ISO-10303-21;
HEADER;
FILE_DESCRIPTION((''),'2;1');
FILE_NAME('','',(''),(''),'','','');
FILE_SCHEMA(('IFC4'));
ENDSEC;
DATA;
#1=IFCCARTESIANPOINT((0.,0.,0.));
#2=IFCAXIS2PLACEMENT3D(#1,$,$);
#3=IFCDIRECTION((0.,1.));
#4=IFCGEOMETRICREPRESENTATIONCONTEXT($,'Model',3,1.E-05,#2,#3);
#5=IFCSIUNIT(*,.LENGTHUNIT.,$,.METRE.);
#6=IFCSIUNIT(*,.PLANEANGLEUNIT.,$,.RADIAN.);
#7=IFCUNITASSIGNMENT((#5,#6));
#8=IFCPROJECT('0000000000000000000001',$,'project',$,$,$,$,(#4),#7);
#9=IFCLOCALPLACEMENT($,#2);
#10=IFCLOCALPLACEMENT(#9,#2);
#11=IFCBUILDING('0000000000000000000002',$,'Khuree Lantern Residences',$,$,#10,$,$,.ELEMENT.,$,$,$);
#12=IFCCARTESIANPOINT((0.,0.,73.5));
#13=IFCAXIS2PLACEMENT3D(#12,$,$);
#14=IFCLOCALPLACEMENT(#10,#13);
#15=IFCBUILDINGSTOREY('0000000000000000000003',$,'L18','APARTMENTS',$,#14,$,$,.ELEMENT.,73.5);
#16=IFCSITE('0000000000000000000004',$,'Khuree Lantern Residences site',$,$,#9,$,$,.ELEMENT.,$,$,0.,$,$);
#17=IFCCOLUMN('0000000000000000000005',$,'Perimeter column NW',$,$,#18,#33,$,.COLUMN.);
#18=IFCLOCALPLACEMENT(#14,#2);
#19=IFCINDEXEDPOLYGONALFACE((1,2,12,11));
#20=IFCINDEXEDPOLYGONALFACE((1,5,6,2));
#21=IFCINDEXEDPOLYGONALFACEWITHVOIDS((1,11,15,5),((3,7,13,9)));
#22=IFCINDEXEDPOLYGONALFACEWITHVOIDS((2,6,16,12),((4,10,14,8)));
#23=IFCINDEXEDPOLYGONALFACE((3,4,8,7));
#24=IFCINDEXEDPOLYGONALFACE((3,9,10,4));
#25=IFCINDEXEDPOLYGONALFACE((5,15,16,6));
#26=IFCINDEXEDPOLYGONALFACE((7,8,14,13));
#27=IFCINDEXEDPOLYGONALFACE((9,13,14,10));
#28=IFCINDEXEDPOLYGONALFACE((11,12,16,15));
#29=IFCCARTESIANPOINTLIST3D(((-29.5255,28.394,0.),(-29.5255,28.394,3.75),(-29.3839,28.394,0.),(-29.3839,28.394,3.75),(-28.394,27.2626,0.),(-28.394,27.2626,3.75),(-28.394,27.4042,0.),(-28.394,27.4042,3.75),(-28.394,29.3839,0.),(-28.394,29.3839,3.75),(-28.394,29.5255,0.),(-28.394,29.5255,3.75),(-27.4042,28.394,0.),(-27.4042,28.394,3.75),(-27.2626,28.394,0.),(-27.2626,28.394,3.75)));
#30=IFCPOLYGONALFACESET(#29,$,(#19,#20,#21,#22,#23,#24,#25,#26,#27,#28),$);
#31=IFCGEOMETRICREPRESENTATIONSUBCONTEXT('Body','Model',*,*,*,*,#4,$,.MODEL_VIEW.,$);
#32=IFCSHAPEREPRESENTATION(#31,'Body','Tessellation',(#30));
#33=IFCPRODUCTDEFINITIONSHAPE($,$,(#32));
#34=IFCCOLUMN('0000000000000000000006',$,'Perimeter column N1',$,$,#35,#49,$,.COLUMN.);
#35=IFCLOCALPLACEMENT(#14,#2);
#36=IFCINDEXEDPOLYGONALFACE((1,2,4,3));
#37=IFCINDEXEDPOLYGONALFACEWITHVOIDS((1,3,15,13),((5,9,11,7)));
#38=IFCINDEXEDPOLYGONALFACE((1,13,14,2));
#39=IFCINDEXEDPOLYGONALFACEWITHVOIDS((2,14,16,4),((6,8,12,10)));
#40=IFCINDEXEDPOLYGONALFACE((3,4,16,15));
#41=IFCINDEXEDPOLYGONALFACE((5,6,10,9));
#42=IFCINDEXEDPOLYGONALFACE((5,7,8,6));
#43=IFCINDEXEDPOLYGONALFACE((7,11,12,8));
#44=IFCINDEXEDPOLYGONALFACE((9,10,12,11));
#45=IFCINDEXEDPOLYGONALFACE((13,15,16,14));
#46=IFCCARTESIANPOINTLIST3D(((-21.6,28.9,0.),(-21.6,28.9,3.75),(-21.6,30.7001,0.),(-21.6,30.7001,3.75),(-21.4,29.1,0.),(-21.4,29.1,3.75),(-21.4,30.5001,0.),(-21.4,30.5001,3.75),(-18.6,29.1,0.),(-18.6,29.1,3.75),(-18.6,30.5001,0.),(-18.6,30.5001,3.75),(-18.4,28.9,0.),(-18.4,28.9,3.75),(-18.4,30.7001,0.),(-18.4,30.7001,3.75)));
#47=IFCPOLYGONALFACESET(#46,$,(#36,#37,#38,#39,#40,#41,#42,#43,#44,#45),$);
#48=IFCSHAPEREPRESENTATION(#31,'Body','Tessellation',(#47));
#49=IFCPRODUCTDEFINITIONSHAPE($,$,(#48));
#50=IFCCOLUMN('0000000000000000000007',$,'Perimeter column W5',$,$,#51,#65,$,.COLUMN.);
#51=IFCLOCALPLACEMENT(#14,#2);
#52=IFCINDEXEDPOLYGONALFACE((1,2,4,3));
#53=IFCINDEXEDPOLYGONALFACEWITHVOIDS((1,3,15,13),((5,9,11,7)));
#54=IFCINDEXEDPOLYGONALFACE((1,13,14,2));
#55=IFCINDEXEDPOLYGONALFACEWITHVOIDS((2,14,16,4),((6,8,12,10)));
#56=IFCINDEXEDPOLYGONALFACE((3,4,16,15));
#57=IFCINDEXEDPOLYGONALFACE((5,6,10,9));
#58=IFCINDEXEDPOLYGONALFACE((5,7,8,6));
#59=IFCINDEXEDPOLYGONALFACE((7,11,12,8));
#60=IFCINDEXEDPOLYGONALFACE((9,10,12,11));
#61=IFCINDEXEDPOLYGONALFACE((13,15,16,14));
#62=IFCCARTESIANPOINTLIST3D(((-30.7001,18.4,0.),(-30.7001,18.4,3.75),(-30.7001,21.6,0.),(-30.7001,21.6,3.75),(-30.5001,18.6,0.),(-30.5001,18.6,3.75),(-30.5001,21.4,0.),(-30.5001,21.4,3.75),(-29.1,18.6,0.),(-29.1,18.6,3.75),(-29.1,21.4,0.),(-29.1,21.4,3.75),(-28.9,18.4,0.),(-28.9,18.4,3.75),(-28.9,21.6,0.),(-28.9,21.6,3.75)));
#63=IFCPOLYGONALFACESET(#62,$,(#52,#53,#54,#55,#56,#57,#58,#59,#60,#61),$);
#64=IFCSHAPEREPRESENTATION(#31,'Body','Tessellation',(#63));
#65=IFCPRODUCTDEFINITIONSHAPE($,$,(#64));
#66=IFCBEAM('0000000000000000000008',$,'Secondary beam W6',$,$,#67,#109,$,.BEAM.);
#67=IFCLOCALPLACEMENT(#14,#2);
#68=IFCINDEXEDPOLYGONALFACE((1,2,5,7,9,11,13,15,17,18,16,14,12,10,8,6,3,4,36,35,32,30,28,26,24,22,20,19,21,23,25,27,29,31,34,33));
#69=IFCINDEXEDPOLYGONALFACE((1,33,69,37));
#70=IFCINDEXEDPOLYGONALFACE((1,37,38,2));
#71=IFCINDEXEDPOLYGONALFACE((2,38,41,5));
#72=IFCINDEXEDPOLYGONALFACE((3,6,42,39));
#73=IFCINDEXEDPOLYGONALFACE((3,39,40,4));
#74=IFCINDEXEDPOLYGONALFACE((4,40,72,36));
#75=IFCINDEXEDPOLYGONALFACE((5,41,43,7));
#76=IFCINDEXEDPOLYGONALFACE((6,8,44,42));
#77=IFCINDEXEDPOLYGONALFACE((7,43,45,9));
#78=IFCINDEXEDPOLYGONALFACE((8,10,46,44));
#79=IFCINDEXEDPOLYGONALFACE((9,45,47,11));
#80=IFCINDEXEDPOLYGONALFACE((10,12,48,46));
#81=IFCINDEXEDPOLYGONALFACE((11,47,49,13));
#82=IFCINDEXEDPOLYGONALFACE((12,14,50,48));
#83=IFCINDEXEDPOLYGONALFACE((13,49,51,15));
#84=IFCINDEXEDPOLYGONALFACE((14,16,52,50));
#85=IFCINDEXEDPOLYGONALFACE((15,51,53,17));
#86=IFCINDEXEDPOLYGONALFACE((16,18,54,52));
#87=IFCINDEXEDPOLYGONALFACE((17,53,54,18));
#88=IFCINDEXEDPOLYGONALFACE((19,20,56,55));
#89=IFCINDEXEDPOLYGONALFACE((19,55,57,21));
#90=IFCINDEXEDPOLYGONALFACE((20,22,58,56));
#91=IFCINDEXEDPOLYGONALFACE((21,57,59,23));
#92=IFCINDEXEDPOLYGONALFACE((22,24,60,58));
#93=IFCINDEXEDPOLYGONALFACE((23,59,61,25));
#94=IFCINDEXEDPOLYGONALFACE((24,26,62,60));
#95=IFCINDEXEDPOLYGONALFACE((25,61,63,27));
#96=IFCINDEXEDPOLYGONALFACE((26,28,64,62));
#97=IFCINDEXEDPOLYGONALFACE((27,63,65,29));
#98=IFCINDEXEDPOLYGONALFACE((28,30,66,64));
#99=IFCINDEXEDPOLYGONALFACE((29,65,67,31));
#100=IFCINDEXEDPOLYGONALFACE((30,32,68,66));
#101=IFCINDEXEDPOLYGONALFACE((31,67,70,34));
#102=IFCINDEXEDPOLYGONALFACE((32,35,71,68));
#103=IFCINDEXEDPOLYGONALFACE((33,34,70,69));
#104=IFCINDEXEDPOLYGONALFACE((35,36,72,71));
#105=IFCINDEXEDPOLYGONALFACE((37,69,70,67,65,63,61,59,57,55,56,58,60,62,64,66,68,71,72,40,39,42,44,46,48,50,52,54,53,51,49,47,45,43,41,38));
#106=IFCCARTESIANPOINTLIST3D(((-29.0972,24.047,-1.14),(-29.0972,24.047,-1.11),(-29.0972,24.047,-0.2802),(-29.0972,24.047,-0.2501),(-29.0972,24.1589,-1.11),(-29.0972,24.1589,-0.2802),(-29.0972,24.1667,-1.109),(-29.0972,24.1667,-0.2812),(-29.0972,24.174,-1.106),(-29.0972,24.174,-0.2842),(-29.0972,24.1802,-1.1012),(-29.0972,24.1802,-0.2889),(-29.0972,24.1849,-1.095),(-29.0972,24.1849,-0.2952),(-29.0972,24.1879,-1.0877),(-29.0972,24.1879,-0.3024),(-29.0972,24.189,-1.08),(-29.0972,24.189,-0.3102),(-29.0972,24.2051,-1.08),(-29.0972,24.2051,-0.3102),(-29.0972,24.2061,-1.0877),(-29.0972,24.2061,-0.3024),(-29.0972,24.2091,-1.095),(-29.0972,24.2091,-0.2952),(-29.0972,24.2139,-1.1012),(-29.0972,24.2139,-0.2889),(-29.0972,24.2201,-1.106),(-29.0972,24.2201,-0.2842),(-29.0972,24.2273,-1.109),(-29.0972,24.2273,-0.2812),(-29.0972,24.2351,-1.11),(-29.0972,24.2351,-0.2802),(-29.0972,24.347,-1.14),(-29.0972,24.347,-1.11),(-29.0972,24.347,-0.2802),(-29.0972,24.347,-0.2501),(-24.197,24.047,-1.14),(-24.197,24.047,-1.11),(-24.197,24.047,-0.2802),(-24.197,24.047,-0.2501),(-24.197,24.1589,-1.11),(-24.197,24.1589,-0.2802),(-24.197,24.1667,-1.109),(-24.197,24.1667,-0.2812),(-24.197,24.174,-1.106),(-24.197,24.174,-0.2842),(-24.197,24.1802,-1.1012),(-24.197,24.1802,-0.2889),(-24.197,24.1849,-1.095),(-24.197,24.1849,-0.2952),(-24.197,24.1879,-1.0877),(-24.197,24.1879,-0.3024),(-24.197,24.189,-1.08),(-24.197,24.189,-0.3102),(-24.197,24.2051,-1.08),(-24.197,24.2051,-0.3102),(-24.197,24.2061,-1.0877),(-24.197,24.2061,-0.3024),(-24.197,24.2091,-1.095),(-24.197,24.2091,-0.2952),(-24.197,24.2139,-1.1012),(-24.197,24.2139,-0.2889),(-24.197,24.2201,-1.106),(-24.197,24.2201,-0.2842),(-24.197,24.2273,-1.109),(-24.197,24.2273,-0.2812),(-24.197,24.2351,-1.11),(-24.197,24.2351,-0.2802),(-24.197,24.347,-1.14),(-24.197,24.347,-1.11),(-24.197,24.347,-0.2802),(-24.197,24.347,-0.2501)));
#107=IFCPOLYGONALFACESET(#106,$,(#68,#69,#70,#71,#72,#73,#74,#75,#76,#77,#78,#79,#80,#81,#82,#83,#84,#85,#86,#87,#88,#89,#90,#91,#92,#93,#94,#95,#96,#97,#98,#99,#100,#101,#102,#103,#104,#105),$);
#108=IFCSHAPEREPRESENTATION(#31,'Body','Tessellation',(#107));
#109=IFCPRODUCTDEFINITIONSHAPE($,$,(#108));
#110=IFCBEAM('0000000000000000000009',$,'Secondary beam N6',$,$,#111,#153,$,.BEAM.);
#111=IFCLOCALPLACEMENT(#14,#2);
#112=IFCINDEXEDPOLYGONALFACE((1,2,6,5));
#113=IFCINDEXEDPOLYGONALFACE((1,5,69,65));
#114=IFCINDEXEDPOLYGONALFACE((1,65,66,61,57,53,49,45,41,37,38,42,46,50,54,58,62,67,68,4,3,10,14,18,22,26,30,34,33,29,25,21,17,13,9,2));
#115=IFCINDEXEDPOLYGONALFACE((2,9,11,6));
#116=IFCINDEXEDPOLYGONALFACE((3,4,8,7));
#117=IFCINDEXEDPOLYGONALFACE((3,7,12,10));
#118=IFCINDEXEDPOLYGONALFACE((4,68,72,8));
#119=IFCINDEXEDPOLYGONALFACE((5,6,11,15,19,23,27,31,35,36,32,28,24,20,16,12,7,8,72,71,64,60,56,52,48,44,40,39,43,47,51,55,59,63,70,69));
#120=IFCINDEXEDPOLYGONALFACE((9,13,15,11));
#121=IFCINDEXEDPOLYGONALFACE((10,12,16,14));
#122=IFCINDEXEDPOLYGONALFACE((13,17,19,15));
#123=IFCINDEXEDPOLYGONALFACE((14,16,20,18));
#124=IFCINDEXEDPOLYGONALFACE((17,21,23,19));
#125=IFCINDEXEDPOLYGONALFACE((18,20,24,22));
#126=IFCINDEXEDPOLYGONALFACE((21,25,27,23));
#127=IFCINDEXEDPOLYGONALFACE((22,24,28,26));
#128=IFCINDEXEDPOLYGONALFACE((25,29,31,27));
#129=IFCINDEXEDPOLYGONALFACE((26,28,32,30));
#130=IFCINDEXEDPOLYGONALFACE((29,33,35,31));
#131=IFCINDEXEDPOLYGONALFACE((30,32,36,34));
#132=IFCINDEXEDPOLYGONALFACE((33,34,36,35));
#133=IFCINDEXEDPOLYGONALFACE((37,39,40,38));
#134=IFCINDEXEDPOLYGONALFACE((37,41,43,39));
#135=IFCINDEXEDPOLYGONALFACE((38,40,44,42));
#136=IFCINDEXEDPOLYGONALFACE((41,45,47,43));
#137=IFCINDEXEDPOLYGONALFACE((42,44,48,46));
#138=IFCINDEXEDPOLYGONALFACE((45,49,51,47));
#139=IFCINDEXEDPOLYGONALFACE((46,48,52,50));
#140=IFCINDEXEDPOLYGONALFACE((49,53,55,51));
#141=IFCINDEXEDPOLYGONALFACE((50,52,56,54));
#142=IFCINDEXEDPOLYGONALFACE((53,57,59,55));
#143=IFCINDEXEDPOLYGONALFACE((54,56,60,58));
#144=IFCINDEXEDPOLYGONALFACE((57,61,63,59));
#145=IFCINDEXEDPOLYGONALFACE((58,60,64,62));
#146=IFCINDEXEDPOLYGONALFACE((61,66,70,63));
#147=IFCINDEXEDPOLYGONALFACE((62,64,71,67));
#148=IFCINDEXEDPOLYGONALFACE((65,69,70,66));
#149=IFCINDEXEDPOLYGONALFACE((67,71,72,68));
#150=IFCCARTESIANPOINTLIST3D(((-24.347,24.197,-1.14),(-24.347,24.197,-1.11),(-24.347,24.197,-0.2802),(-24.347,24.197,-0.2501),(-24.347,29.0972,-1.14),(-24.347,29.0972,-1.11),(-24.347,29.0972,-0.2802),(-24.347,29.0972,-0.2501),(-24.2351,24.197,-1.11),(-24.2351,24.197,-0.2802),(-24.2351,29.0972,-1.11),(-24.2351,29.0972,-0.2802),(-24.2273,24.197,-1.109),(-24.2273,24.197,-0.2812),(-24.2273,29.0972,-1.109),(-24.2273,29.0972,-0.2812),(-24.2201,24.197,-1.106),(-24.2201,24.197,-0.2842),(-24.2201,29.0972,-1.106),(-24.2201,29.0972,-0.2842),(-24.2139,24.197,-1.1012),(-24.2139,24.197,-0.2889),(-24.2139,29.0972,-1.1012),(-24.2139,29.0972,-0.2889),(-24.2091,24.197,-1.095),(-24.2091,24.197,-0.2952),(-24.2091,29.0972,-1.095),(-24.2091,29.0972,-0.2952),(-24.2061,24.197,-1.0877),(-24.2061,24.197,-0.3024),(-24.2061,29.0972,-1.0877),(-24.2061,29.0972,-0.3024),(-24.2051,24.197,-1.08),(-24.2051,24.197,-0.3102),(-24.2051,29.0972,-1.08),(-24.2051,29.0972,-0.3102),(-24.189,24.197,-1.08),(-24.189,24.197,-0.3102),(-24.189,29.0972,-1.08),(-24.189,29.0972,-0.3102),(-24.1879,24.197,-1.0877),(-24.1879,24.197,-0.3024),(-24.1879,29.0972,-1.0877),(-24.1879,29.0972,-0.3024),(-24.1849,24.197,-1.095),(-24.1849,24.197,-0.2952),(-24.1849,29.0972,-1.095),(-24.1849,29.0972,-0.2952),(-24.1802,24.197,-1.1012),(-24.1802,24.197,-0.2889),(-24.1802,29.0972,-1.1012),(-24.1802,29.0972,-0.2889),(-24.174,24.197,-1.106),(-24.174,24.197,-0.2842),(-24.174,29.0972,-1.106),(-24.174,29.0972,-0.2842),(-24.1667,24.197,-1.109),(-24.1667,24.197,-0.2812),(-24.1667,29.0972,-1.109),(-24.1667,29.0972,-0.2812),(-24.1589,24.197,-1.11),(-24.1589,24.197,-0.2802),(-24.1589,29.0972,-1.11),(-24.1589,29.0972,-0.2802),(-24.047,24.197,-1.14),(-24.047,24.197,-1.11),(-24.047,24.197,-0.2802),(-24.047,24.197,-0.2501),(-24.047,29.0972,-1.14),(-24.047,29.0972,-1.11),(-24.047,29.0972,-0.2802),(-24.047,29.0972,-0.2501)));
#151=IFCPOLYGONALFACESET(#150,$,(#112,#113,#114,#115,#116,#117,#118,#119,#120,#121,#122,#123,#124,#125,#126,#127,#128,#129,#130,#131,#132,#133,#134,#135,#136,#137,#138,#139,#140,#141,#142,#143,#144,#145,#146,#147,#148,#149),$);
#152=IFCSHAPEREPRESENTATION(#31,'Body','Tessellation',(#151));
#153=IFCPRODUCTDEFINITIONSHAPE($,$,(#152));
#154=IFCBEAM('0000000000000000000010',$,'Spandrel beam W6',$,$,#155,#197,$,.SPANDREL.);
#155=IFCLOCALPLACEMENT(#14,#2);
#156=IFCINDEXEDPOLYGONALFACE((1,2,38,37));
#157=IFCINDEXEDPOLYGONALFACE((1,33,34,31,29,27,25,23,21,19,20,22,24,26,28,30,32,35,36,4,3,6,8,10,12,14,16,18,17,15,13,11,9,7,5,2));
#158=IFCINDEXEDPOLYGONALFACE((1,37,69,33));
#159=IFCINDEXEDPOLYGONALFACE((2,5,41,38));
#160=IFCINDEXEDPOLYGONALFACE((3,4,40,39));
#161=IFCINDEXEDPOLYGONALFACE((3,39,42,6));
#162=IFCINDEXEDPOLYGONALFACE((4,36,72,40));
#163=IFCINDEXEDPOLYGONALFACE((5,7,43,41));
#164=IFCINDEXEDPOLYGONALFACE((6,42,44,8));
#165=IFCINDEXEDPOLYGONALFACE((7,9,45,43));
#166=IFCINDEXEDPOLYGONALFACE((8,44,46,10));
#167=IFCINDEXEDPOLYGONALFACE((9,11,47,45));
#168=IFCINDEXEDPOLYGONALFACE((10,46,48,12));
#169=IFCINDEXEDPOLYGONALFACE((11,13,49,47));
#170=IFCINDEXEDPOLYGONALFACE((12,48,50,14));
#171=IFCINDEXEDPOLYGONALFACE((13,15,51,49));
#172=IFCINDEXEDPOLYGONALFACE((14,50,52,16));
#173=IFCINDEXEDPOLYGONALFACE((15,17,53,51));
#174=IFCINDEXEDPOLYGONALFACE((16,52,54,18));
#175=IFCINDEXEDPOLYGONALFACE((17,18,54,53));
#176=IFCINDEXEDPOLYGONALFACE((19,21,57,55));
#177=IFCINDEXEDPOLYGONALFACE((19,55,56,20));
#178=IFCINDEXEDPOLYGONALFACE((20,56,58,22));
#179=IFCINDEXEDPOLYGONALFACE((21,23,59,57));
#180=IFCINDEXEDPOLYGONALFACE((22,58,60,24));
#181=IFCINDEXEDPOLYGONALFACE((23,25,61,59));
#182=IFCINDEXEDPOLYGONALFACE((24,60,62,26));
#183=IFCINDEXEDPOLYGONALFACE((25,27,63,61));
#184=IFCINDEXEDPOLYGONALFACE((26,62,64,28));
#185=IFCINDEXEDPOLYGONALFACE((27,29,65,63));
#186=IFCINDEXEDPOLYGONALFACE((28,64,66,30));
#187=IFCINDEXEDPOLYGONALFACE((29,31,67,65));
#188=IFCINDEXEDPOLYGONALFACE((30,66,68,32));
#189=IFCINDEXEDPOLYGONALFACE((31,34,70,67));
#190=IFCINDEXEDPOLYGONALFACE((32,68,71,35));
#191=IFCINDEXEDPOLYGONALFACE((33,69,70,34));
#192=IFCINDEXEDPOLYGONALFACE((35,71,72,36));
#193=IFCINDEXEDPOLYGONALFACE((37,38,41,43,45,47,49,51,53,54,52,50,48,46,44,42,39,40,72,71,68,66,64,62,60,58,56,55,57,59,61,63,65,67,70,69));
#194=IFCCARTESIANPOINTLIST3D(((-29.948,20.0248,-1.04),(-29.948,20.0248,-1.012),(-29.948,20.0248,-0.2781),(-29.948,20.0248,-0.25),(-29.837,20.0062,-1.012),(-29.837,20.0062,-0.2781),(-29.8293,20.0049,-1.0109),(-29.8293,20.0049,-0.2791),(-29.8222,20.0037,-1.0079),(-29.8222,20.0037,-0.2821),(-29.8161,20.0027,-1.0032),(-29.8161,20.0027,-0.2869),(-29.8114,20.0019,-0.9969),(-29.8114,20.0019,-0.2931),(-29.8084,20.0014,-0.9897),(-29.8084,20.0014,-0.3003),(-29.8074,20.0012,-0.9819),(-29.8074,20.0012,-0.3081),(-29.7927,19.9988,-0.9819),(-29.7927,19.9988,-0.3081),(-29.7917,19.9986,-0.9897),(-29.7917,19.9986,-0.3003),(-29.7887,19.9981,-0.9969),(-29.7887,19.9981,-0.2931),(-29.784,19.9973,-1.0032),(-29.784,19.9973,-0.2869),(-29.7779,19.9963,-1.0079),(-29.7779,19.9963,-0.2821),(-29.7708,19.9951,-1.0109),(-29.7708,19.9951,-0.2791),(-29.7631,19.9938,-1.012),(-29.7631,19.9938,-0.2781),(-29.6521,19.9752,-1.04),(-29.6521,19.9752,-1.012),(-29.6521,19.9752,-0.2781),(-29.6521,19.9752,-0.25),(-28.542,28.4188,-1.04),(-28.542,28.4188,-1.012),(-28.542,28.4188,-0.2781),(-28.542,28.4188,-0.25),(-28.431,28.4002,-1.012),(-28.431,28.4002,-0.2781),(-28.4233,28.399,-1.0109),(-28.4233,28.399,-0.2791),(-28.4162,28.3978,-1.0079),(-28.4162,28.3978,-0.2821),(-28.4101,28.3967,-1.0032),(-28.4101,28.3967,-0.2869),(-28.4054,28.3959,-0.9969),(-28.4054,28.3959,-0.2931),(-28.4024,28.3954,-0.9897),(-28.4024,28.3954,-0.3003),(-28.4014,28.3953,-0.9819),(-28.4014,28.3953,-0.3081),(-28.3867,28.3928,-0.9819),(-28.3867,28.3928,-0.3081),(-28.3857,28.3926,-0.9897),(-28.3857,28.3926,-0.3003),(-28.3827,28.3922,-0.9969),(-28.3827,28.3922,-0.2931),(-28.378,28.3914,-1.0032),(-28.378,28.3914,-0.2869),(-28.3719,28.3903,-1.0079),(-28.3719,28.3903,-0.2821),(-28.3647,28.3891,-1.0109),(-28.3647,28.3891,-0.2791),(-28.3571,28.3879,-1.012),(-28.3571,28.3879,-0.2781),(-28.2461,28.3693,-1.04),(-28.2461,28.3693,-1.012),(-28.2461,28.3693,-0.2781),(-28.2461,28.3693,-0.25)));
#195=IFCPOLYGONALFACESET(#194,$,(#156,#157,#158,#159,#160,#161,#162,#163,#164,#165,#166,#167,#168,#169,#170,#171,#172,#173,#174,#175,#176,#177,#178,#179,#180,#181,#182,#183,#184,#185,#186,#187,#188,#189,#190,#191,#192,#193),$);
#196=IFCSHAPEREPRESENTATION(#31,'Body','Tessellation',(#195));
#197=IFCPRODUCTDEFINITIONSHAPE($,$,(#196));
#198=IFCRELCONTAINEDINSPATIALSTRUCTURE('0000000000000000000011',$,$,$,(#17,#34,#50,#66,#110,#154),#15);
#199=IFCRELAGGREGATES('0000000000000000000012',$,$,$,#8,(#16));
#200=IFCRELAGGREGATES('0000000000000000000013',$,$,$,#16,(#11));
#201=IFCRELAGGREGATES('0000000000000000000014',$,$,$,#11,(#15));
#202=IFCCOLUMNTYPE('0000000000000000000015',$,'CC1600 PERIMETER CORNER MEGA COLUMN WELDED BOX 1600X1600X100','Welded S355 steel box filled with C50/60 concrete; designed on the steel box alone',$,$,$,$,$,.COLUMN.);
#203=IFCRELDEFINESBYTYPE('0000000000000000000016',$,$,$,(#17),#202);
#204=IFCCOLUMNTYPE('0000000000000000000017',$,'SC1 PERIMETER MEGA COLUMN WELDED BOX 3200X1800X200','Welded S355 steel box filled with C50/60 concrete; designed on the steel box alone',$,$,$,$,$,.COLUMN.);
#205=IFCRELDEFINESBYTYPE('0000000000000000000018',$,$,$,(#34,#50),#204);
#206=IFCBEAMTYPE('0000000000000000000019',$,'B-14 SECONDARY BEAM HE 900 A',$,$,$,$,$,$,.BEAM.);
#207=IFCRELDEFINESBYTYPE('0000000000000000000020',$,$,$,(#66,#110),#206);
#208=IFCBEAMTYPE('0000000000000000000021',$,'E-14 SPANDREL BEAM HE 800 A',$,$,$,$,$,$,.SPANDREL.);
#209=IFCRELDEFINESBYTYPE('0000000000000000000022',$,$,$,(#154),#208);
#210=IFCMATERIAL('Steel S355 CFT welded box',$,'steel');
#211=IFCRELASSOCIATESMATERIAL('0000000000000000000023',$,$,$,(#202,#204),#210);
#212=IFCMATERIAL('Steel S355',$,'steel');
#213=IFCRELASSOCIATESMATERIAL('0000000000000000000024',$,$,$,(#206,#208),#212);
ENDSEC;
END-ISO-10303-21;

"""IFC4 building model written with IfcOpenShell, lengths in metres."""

from ifc_helpers import new_model, si_unit, direction, frame, origin, origin_2d, place, context, subcontext, project, spatial, hollow_rectangle, i_section, extrude, material, material_profile, profile_set, type_object, element, save


model = new_model("IFC4")

# Units and contexts
model_context = context("Model", 3, precision=1e-05, world=origin(), true_north=direction((0.0, 1.0)))
body_context = subcontext(model_context, "Body", "Model", "MODEL_VIEW")
ifc_project = project(units=[si_unit("LENGTHUNIT", "METRE"), si_unit("PLANEANGLEUNIT", "RADIAN")], contexts=[model_context])

# Site, building, storey
site_placement = place(None, origin())
site = spatial("IfcSite", under=ifc_project, at=site_placement, Name="Khuree Lantern Residences site", CompositionType="ELEMENT", RefElevation=0.0)
building_placement = place(site_placement, origin())
building = spatial("IfcBuilding", under=site, at=building_placement, Name="Khuree Lantern Residences", CompositionType="ELEMENT")
storey_placement = place(building_placement, frame((0.0, 0.0, 73.5)))
storey = spatial("IfcBuildingStorey", under=building, at=storey_placement, Name="L18", Description="APARTMENTS", CompositionType="ELEMENT", Elevation=73.5)

# Columns
ifc_material_1 = material(Name="Steel S355 CFT welded box", Category="steel")
ifc_material_profile_1 = material_profile(ifc_material_1, hollow_rectangle(XDim=1.6001, YDim=1.6001, WallThickness=0.1001, at=origin_2d()), Name="WELDED BOX 1600X1600X100")
ifc_profile_set_1 = profile_set([ifc_material_profile_1], Name="Steel S355 CFT welded box")
column_type_1 = type_object("IfcColumnType", Name="CC1600 PERIMETER CORNER MEGA COLUMN WELDED BOX 1600X1600X100", Description="Welded S355 steel box filled with C50/60 concrete; designed on the steel box alone", PredefinedType="COLUMN", material=ifc_profile_set_1)
column_placement = place(storey_placement, frame((-28.394, 28.394, 0.0), z_axis=(0.0, 0.0, 1.0), x_axis=(0.707107, 0.707107, 0.0)))
element("IfcColumn", 1, at=column_placement, inside=storey, type_object=column_type_1, Name="Perimeter column NW", PredefinedType="COLUMN", context=body_context, shape_type="SweptSolid", body=[
    extrude(hollow_rectangle(XDim=1.6001, YDim=1.6001, WallThickness=0.1001, at=origin_2d()), origin(), (0.0, 0.0, 1.0), 3.75),
])
ifc_material_profile_2 = material_profile(ifc_material_1, hollow_rectangle(XDim=3.2, YDim=1.8, WallThickness=0.2, at=origin_2d()), Name="WELDED BOX 3200X1800X200")
ifc_profile_set_2 = profile_set([ifc_material_profile_2], Name="Steel S355 CFT welded box")
column_type_2 = type_object("IfcColumnType", Name="SC1 PERIMETER MEGA COLUMN WELDED BOX 3200X1800X200", Description="Welded S355 steel box filled with C50/60 concrete; designed on the steel box alone", PredefinedType="COLUMN", material=ifc_profile_set_2)
for number, where, z_axis, x_axis, name in (
    (2, (-20.0, 29.8, 0.0), (0.0, 0.0, 1.0), (1.0, 0.0, 0.0), "Perimeter column N1"),
    (3, (-29.8, 20.0, 0.0), (0.0, 0.0, 1.0), (0.0, 1.0, 0.0), "Perimeter column W5"),
):
    element("IfcColumn", number, at=place(storey_placement, frame(where, z_axis=z_axis, x_axis=x_axis)), inside=storey, type_object=column_type_2, Name=name, PredefinedType="COLUMN", context=body_context, shape_type="SweptSolid", body=[
        extrude(hollow_rectangle(XDim=3.2, YDim=1.8, WallThickness=0.2, at=origin_2d()), origin(), (0.0, 0.0, 1.0), 3.75),
    ])

# Beams
ifc_material_2 = material(Name="Steel S355", Category="steel")
ifc_material_profile_3 = material_profile(ifc_material_2, i_section(OverallWidth=0.3, OverallDepth=0.8899, WebThickness=0.0161, FlangeThickness=0.03, FilletRadius=0.03, at=origin_2d()), Name="HE 900 A")
ifc_profile_set_3 = profile_set([ifc_material_profile_3], Name="Steel S355")
beam_type_1 = type_object("IfcBeamType", Name="B-14 SECONDARY BEAM HE 900 A", PredefinedType="BEAM", material=ifc_profile_set_3)
for number, where, z_axis, x_axis, name in (
    (4, (-29.0972, 24.197, -0.6951), (1.0, 0.0, 0.0), (0.0, 1.0, 0.0), "Secondary beam W6"),
    (5, (-24.197, 29.0972, -0.6951), (0.0, -1.0, 0.0), (1.0, 0.0, 0.0), "Secondary beam N6"),
):
    element("IfcBeam", number, at=place(storey_placement, frame(where, z_axis=z_axis, x_axis=x_axis)), inside=storey, type_object=beam_type_1, Name=name, PredefinedType="BEAM", context=body_context, shape_type="SweptSolid", body=[
        extrude(i_section(OverallWidth=0.3, OverallDepth=0.8899, WebThickness=0.0161, FlangeThickness=0.03, FilletRadius=0.03, at=origin_2d()), origin(), (0.0, 0.0, 1.0), 4.9001),
    ])
ifc_material_profile_4 = material_profile(ifc_material_2, i_section(OverallWidth=0.3, OverallDepth=0.79, WebThickness=0.0149, FlangeThickness=0.0281, FilletRadius=0.03, at=origin_2d()), Name="HE 800 A")
ifc_profile_set_4 = profile_set([ifc_material_profile_4], Name="Steel S355")
beam_type_2 = type_object("IfcBeamType", Name="E-14 SPANDREL BEAM HE 800 A", PredefinedType="SPANDREL", material=ifc_profile_set_4)
for number, where, z_axis, x_axis, name in (
    (6, (-29.8, 20.0, -0.645), (0.165199, 0.98626, 0.0), (-0.98626, 0.165199, 0.0), "Spandrel beam W6"),
):
    element("IfcBeam", number, at=place(storey_placement, frame(where, z_axis=z_axis, x_axis=x_axis)), inside=storey, type_object=beam_type_2, Name=name, PredefinedType="SPANDREL", context=body_context, shape_type="SweptSolid", body=[
        extrude(i_section(OverallWidth=0.3, OverallDepth=0.79, WebThickness=0.0149, FlangeThickness=0.0281, FilletRadius=0.03, at=origin_2d()), origin(), (0.0, 0.0, 1.0), 8.511),
    ])

save(model, "model.ifc")
